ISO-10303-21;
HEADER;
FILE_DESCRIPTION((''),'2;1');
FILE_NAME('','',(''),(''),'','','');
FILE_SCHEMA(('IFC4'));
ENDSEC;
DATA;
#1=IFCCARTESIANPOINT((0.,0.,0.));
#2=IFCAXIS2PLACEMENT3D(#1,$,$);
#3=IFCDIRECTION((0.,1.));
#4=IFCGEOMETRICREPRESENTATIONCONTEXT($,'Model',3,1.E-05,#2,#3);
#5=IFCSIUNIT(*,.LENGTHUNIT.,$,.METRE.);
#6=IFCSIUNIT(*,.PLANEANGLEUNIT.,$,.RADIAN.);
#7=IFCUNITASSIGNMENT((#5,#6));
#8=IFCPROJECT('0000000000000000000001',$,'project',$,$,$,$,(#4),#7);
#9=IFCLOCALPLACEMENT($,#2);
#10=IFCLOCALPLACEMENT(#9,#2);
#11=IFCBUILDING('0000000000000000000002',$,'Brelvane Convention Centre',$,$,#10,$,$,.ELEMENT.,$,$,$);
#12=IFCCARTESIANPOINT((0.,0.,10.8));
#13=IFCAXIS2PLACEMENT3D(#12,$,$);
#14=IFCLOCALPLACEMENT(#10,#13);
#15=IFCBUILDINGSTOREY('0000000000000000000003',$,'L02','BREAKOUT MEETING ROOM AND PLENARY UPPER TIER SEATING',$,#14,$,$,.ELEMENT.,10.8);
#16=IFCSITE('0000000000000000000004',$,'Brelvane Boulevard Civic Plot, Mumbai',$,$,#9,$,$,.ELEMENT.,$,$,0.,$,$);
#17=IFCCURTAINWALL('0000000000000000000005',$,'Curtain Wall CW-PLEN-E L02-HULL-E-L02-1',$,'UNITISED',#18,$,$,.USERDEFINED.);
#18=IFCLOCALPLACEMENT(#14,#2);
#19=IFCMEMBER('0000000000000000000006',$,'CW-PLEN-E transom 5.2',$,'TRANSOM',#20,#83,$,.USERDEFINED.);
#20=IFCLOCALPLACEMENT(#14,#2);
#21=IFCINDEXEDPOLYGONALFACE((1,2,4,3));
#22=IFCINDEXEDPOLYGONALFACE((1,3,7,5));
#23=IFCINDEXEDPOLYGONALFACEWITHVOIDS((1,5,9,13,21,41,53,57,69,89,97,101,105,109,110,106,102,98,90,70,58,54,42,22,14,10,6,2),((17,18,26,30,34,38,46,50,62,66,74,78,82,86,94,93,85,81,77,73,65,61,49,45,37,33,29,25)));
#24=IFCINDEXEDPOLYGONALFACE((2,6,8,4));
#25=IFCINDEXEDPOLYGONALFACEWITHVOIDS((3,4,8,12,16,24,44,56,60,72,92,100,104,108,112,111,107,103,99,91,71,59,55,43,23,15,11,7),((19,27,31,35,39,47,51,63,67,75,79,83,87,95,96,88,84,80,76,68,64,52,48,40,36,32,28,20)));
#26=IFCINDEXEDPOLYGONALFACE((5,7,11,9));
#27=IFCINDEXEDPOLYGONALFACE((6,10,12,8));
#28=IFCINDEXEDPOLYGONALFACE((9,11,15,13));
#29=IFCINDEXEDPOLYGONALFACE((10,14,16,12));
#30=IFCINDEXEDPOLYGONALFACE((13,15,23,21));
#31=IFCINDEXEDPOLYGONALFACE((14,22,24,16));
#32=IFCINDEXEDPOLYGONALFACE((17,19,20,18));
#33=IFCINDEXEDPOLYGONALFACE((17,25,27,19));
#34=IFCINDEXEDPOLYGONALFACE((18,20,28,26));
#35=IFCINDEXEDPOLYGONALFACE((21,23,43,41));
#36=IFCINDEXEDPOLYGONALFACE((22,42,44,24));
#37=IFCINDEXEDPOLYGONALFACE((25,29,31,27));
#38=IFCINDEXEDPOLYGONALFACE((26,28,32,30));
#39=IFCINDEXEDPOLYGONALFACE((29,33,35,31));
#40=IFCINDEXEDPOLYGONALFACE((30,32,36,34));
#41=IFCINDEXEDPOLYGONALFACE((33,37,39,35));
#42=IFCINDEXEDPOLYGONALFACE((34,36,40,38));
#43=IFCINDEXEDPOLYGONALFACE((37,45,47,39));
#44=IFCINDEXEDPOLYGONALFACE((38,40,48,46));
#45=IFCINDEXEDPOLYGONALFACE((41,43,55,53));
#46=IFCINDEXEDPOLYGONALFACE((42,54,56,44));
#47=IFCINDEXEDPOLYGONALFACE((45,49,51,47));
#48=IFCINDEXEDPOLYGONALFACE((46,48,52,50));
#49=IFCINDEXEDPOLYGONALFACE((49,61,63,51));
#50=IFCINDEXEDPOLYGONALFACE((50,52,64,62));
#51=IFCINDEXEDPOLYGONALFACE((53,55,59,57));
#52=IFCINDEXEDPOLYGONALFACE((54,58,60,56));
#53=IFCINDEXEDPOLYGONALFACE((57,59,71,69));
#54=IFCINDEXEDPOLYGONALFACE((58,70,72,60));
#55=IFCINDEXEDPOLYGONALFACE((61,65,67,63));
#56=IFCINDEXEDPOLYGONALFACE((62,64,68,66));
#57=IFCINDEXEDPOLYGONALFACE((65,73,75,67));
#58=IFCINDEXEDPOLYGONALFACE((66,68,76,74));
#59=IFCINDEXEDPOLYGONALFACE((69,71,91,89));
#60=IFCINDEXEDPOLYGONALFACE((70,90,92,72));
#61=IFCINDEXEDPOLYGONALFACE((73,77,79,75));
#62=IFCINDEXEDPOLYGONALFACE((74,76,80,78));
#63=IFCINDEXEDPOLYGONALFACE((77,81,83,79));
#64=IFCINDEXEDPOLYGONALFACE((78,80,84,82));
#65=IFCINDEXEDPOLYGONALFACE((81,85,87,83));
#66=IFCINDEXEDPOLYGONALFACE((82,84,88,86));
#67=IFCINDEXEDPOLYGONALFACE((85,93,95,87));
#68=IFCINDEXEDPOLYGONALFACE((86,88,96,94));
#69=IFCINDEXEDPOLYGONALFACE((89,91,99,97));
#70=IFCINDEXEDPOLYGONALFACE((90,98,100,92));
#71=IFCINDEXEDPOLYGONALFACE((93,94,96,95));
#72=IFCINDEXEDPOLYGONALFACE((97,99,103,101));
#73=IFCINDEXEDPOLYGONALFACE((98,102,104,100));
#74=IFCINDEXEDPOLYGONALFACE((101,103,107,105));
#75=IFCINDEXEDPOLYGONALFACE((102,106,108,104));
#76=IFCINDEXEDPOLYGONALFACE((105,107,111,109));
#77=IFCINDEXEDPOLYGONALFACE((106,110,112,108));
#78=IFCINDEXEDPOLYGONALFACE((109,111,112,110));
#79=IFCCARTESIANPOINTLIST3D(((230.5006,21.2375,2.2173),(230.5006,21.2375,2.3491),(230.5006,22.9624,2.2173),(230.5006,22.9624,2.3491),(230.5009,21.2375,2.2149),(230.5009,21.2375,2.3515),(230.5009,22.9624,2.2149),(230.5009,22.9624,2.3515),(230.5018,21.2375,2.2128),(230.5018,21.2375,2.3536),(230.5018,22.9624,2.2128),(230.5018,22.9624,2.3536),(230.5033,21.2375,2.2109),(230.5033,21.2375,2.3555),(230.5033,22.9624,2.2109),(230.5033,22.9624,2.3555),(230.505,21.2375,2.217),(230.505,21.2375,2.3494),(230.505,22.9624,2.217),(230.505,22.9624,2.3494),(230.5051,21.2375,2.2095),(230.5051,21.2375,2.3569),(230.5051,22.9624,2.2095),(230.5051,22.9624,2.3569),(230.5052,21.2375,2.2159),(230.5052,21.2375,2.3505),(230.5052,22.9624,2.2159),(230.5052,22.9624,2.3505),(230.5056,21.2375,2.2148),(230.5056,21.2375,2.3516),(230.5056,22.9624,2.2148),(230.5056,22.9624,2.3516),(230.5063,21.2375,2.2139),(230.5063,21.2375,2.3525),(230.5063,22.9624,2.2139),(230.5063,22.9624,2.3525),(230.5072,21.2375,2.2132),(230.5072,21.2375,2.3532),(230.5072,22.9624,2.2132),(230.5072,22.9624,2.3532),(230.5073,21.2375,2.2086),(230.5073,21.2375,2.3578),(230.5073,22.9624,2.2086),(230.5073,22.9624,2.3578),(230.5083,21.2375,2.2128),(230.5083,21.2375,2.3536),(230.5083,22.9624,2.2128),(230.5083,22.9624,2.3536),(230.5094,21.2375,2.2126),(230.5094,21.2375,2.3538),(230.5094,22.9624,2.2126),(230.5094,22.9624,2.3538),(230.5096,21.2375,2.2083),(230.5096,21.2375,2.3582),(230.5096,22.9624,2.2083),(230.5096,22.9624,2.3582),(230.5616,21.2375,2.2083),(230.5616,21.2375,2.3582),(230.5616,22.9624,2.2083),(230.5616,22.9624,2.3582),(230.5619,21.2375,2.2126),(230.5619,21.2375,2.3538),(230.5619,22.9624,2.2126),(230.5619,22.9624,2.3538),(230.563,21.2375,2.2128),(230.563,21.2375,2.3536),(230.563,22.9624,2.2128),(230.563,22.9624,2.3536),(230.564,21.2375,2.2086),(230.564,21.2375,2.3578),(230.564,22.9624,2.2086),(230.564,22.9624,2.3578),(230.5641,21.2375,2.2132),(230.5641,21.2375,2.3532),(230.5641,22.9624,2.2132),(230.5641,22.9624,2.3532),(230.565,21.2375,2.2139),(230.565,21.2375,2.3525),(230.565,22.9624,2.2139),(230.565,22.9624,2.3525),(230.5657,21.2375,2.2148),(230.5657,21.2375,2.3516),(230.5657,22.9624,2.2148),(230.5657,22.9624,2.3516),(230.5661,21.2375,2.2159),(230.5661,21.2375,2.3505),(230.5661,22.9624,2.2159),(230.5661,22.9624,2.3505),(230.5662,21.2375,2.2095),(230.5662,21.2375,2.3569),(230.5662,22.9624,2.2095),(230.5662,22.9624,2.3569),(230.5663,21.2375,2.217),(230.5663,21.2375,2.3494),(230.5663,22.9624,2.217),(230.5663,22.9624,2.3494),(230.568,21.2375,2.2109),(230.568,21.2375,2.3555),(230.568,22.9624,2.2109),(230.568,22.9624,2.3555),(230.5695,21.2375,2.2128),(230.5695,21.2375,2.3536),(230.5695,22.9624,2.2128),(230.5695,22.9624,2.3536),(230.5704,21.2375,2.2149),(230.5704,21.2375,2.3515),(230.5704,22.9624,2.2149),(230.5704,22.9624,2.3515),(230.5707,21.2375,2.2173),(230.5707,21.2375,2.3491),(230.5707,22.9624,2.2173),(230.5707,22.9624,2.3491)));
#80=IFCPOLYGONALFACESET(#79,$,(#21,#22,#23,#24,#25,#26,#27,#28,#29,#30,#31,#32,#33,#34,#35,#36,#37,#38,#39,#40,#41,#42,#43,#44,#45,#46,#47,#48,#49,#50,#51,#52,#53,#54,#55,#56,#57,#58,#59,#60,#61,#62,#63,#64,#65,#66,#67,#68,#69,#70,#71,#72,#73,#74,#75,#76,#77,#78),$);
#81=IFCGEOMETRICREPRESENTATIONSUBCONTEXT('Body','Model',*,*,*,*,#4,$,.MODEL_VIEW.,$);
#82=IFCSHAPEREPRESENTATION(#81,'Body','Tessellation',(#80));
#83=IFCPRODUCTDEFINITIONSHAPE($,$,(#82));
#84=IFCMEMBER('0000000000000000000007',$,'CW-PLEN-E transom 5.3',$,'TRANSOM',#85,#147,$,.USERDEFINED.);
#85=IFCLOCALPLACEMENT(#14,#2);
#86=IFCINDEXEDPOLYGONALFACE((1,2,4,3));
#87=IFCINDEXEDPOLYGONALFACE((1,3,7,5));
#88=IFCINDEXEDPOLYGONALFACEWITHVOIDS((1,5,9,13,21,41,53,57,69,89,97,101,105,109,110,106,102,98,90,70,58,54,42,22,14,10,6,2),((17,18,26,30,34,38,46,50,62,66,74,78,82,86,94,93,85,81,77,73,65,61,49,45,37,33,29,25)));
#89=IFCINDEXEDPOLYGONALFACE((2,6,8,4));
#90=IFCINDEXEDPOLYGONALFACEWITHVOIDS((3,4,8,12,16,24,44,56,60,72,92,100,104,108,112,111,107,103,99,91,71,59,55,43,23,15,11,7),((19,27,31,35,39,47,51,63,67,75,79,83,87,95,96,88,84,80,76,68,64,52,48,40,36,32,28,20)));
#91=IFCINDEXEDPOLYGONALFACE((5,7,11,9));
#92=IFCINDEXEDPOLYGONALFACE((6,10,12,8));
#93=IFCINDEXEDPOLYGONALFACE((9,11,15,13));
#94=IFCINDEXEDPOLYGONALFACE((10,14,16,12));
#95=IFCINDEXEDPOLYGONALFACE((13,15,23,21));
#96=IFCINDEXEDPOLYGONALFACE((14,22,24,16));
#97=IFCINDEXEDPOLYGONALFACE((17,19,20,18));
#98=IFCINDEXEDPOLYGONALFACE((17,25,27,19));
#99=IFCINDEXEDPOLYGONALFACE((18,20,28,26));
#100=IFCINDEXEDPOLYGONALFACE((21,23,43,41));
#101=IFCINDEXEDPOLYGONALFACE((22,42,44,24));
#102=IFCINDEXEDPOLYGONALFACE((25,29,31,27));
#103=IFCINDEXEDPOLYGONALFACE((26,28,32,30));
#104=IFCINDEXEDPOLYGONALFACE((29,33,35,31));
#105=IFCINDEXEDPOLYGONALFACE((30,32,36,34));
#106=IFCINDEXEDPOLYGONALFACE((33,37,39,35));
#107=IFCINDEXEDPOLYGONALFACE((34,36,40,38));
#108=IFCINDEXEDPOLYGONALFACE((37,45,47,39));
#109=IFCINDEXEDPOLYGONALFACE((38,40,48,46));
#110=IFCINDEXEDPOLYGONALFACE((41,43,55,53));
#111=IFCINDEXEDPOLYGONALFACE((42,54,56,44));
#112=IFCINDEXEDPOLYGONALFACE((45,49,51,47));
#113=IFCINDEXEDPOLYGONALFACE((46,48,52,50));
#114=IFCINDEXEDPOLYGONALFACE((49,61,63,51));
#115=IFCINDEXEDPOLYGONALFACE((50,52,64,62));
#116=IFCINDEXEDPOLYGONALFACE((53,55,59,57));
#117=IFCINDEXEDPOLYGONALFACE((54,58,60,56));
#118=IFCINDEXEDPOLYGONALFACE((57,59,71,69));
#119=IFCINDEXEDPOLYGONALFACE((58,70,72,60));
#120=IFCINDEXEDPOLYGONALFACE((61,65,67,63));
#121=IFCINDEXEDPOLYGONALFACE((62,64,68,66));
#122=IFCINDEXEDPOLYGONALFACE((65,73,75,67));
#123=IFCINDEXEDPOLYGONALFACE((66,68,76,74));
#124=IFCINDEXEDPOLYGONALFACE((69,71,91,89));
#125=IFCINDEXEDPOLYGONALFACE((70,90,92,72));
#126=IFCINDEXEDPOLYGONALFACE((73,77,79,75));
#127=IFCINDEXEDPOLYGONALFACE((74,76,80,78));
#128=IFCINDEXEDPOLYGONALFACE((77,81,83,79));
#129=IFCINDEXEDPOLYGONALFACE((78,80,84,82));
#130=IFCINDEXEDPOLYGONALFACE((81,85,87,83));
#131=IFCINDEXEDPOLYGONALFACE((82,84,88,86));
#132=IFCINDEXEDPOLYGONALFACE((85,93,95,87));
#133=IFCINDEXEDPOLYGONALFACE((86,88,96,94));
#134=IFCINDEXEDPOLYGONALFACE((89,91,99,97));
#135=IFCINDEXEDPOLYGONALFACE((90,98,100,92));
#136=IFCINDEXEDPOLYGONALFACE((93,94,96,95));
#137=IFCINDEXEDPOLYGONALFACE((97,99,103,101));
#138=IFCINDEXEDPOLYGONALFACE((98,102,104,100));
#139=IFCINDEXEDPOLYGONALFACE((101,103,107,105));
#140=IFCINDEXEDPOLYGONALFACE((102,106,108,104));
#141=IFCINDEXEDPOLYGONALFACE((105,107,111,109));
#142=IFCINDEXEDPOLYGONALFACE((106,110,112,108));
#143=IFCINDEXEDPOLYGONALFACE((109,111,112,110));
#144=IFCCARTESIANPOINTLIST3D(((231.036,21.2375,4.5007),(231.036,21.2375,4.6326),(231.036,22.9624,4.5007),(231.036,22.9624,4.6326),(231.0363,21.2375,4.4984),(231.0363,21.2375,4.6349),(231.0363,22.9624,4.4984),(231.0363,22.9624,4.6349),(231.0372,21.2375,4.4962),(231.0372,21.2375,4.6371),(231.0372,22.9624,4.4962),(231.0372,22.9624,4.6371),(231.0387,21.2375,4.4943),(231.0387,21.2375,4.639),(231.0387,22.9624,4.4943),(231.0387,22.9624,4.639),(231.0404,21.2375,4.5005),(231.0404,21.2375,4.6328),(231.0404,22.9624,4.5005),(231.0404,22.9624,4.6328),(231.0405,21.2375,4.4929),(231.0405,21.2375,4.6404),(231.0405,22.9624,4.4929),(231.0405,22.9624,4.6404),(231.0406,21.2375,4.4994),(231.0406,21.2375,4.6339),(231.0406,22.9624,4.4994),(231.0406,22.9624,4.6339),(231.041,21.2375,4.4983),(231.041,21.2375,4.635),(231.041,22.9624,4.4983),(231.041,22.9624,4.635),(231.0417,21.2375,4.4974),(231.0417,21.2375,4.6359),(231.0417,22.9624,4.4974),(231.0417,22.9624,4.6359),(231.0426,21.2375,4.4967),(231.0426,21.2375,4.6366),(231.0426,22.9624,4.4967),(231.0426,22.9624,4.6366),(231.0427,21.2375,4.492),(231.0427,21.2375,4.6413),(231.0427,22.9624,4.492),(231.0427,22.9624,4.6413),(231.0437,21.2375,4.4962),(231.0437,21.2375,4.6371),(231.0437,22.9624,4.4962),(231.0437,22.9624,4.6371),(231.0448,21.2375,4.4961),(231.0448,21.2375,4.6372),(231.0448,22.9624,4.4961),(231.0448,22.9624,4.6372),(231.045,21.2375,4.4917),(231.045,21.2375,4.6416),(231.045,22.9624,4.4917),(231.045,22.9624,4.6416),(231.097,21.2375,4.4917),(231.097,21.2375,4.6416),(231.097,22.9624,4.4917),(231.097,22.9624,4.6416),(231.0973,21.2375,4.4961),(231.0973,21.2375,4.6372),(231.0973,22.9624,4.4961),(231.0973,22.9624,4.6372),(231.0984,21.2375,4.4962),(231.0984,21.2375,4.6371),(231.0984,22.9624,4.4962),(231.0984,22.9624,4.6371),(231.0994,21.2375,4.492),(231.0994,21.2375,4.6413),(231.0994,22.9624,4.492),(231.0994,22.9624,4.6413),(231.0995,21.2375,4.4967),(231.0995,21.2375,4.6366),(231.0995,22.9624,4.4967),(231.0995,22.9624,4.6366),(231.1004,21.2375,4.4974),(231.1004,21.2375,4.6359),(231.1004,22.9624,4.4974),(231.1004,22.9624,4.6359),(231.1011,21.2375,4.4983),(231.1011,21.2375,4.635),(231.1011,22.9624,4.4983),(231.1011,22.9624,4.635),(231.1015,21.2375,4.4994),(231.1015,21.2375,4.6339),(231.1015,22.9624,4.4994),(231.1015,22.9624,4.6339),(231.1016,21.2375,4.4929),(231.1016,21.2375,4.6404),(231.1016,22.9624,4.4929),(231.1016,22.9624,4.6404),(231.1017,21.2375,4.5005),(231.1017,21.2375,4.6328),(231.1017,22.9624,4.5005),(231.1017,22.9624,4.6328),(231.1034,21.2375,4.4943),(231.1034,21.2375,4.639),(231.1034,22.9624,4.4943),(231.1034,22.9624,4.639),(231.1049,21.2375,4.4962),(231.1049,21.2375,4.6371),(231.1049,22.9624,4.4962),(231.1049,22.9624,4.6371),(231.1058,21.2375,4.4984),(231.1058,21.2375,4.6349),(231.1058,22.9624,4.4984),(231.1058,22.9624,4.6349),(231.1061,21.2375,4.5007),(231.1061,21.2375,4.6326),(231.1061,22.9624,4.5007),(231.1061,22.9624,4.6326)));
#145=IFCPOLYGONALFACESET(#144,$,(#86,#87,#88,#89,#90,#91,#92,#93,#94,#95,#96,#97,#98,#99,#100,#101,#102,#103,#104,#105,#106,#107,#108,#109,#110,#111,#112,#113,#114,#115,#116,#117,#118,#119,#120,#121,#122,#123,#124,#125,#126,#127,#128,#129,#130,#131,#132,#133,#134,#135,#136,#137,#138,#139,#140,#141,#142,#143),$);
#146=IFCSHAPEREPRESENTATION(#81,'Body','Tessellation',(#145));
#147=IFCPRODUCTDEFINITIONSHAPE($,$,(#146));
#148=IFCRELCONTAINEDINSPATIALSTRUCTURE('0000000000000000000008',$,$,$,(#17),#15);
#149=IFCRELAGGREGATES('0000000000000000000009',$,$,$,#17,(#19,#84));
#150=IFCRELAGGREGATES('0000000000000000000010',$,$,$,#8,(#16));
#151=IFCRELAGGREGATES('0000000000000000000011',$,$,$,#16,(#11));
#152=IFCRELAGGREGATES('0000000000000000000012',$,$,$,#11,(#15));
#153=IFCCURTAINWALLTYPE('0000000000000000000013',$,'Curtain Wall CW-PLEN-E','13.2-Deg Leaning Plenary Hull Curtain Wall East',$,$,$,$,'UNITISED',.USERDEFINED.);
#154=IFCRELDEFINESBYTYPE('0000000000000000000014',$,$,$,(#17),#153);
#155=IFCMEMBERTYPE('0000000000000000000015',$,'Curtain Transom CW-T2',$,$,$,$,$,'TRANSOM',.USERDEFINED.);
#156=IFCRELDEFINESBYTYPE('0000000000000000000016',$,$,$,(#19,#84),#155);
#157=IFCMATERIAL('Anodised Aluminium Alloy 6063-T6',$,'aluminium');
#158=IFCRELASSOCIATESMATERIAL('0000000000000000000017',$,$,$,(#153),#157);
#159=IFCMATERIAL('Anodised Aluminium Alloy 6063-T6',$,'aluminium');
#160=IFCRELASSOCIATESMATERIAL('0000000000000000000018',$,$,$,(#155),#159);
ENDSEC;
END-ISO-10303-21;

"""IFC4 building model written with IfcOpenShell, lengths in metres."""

from ifc_helpers import new_model, si_unit, direction, frame, origin, origin_2d, place, context, subcontext, project, spatial, hollow_rectangle, extrude, material, material_profile, profile_set, type_object, element, aggregate, save


model = new_model("IFC4")

# Units and contexts
model_context = context("Model", 3, precision=1e-05, world=origin(), true_north=direction((0.0, 1.0)))
body_context = subcontext(model_context, "Body", "Model", "MODEL_VIEW")
ifc_project = project(units=[si_unit("LENGTHUNIT", "METRE"), si_unit("PLANEANGLEUNIT", "RADIAN")], contexts=[model_context])

# Site, building, storey
site_placement = place(None, origin())
site = spatial("IfcSite", under=ifc_project, at=site_placement, Name="Brelvane Boulevard Civic Plot, Mumbai", CompositionType="ELEMENT", RefElevation=0.0)
building_placement = place(site_placement, origin())
building = spatial("IfcBuilding", under=site, at=building_placement, Name="Brelvane Convention Centre", CompositionType="ELEMENT")
storey_placement = place(building_placement, frame((0.0, 0.0, 10.8)))
storey = spatial("IfcBuildingStorey", under=building, at=storey_placement, Name="L02", Description="BREAKOUT MEETING ROOM AND PLENARY UPPER TIER SEATING", CompositionType="ELEMENT", Elevation=10.8)

# Curtain wall, members
ifc_material_1 = material(Name="Anodised Aluminium Alloy 6063-T6", Category="aluminium")
curtain_wall_type = type_object("IfcCurtainWallType", Name="Curtain Wall CW-PLEN-E", Description="13.2-Deg Leaning Plenary Hull Curtain Wall East", ElementType="UNITISED", PredefinedType="USERDEFINED", material=ifc_material_1)
curtain_wall_1_placement = place(storey_placement, origin())
curtain_wall_1 = element("IfcCurtainWall", 1, at=curtain_wall_1_placement, inside=storey, type_object=curtain_wall_type, Name="Curtain Wall CW-PLEN-E L02-HULL-E-L02-1", ObjectType="UNITISED", PredefinedType="USERDEFINED")
ifc_material_2 = material(Name="Anodised Aluminium Alloy 6063-T6", Category="aluminium")
ifc_material_profile = material_profile(ifc_material_2, hollow_rectangle(XDim=0.0701, YDim=0.1499, WallThickness=0.0044, InnerFilletRadius=0.0044, OuterFilletRadius=0.009, at=origin_2d()), Name="ALU-T 150x70x4.5")
ifc_profile_set = profile_set([ifc_material_profile], Name="Anodised Aluminium Alloy 6063-T6")
member_type = type_object("IfcMemberType", Name="Curtain Transom CW-T2", ElementType="TRANSOM", PredefinedType="USERDEFINED", material=ifc_profile_set)
member_1_placement = place(storey_placement, frame((230.5356, 21.2375, 2.2832), z_axis=(0.0, 1.0, 0.0), x_axis=(-1.0, 0.0, 0.0)))
member_1 = element("IfcMember", 2, at=member_1_placement, type_object=member_type, Name="CW-PLEN-E transom 5.2", ObjectType="TRANSOM", PredefinedType="USERDEFINED", context=body_context, shape_type="SweptSolid", body=[
    extrude(hollow_rectangle(XDim=0.0701, YDim=0.1499, WallThickness=0.0044, InnerFilletRadius=0.0044, OuterFilletRadius=0.009, at=origin_2d()), origin(), (0.0, 0.0, 1.0), 1.7249),
])
member_2_placement = place(storey_placement, frame((231.071, 21.2375, 4.5667), z_axis=(0.0, 1.0, 0.0), x_axis=(-1.0, 0.0, 0.0)))
member_2 = element("IfcMember", 3, at=member_2_placement, type_object=member_type, Name="CW-PLEN-E transom 5.3", ObjectType="TRANSOM", PredefinedType="USERDEFINED", context=body_context, shape_type="SweptSolid", body=[
    extrude(hollow_rectangle(XDim=0.0701, YDim=0.1499, WallThickness=0.0044, InnerFilletRadius=0.0044, OuterFilletRadius=0.009, at=origin_2d()), origin(), (0.0, 0.0, 1.0), 1.7249),
])

aggregate(curtain_wall_1, [member_1, member_2])

save(model, "model.ifc")
